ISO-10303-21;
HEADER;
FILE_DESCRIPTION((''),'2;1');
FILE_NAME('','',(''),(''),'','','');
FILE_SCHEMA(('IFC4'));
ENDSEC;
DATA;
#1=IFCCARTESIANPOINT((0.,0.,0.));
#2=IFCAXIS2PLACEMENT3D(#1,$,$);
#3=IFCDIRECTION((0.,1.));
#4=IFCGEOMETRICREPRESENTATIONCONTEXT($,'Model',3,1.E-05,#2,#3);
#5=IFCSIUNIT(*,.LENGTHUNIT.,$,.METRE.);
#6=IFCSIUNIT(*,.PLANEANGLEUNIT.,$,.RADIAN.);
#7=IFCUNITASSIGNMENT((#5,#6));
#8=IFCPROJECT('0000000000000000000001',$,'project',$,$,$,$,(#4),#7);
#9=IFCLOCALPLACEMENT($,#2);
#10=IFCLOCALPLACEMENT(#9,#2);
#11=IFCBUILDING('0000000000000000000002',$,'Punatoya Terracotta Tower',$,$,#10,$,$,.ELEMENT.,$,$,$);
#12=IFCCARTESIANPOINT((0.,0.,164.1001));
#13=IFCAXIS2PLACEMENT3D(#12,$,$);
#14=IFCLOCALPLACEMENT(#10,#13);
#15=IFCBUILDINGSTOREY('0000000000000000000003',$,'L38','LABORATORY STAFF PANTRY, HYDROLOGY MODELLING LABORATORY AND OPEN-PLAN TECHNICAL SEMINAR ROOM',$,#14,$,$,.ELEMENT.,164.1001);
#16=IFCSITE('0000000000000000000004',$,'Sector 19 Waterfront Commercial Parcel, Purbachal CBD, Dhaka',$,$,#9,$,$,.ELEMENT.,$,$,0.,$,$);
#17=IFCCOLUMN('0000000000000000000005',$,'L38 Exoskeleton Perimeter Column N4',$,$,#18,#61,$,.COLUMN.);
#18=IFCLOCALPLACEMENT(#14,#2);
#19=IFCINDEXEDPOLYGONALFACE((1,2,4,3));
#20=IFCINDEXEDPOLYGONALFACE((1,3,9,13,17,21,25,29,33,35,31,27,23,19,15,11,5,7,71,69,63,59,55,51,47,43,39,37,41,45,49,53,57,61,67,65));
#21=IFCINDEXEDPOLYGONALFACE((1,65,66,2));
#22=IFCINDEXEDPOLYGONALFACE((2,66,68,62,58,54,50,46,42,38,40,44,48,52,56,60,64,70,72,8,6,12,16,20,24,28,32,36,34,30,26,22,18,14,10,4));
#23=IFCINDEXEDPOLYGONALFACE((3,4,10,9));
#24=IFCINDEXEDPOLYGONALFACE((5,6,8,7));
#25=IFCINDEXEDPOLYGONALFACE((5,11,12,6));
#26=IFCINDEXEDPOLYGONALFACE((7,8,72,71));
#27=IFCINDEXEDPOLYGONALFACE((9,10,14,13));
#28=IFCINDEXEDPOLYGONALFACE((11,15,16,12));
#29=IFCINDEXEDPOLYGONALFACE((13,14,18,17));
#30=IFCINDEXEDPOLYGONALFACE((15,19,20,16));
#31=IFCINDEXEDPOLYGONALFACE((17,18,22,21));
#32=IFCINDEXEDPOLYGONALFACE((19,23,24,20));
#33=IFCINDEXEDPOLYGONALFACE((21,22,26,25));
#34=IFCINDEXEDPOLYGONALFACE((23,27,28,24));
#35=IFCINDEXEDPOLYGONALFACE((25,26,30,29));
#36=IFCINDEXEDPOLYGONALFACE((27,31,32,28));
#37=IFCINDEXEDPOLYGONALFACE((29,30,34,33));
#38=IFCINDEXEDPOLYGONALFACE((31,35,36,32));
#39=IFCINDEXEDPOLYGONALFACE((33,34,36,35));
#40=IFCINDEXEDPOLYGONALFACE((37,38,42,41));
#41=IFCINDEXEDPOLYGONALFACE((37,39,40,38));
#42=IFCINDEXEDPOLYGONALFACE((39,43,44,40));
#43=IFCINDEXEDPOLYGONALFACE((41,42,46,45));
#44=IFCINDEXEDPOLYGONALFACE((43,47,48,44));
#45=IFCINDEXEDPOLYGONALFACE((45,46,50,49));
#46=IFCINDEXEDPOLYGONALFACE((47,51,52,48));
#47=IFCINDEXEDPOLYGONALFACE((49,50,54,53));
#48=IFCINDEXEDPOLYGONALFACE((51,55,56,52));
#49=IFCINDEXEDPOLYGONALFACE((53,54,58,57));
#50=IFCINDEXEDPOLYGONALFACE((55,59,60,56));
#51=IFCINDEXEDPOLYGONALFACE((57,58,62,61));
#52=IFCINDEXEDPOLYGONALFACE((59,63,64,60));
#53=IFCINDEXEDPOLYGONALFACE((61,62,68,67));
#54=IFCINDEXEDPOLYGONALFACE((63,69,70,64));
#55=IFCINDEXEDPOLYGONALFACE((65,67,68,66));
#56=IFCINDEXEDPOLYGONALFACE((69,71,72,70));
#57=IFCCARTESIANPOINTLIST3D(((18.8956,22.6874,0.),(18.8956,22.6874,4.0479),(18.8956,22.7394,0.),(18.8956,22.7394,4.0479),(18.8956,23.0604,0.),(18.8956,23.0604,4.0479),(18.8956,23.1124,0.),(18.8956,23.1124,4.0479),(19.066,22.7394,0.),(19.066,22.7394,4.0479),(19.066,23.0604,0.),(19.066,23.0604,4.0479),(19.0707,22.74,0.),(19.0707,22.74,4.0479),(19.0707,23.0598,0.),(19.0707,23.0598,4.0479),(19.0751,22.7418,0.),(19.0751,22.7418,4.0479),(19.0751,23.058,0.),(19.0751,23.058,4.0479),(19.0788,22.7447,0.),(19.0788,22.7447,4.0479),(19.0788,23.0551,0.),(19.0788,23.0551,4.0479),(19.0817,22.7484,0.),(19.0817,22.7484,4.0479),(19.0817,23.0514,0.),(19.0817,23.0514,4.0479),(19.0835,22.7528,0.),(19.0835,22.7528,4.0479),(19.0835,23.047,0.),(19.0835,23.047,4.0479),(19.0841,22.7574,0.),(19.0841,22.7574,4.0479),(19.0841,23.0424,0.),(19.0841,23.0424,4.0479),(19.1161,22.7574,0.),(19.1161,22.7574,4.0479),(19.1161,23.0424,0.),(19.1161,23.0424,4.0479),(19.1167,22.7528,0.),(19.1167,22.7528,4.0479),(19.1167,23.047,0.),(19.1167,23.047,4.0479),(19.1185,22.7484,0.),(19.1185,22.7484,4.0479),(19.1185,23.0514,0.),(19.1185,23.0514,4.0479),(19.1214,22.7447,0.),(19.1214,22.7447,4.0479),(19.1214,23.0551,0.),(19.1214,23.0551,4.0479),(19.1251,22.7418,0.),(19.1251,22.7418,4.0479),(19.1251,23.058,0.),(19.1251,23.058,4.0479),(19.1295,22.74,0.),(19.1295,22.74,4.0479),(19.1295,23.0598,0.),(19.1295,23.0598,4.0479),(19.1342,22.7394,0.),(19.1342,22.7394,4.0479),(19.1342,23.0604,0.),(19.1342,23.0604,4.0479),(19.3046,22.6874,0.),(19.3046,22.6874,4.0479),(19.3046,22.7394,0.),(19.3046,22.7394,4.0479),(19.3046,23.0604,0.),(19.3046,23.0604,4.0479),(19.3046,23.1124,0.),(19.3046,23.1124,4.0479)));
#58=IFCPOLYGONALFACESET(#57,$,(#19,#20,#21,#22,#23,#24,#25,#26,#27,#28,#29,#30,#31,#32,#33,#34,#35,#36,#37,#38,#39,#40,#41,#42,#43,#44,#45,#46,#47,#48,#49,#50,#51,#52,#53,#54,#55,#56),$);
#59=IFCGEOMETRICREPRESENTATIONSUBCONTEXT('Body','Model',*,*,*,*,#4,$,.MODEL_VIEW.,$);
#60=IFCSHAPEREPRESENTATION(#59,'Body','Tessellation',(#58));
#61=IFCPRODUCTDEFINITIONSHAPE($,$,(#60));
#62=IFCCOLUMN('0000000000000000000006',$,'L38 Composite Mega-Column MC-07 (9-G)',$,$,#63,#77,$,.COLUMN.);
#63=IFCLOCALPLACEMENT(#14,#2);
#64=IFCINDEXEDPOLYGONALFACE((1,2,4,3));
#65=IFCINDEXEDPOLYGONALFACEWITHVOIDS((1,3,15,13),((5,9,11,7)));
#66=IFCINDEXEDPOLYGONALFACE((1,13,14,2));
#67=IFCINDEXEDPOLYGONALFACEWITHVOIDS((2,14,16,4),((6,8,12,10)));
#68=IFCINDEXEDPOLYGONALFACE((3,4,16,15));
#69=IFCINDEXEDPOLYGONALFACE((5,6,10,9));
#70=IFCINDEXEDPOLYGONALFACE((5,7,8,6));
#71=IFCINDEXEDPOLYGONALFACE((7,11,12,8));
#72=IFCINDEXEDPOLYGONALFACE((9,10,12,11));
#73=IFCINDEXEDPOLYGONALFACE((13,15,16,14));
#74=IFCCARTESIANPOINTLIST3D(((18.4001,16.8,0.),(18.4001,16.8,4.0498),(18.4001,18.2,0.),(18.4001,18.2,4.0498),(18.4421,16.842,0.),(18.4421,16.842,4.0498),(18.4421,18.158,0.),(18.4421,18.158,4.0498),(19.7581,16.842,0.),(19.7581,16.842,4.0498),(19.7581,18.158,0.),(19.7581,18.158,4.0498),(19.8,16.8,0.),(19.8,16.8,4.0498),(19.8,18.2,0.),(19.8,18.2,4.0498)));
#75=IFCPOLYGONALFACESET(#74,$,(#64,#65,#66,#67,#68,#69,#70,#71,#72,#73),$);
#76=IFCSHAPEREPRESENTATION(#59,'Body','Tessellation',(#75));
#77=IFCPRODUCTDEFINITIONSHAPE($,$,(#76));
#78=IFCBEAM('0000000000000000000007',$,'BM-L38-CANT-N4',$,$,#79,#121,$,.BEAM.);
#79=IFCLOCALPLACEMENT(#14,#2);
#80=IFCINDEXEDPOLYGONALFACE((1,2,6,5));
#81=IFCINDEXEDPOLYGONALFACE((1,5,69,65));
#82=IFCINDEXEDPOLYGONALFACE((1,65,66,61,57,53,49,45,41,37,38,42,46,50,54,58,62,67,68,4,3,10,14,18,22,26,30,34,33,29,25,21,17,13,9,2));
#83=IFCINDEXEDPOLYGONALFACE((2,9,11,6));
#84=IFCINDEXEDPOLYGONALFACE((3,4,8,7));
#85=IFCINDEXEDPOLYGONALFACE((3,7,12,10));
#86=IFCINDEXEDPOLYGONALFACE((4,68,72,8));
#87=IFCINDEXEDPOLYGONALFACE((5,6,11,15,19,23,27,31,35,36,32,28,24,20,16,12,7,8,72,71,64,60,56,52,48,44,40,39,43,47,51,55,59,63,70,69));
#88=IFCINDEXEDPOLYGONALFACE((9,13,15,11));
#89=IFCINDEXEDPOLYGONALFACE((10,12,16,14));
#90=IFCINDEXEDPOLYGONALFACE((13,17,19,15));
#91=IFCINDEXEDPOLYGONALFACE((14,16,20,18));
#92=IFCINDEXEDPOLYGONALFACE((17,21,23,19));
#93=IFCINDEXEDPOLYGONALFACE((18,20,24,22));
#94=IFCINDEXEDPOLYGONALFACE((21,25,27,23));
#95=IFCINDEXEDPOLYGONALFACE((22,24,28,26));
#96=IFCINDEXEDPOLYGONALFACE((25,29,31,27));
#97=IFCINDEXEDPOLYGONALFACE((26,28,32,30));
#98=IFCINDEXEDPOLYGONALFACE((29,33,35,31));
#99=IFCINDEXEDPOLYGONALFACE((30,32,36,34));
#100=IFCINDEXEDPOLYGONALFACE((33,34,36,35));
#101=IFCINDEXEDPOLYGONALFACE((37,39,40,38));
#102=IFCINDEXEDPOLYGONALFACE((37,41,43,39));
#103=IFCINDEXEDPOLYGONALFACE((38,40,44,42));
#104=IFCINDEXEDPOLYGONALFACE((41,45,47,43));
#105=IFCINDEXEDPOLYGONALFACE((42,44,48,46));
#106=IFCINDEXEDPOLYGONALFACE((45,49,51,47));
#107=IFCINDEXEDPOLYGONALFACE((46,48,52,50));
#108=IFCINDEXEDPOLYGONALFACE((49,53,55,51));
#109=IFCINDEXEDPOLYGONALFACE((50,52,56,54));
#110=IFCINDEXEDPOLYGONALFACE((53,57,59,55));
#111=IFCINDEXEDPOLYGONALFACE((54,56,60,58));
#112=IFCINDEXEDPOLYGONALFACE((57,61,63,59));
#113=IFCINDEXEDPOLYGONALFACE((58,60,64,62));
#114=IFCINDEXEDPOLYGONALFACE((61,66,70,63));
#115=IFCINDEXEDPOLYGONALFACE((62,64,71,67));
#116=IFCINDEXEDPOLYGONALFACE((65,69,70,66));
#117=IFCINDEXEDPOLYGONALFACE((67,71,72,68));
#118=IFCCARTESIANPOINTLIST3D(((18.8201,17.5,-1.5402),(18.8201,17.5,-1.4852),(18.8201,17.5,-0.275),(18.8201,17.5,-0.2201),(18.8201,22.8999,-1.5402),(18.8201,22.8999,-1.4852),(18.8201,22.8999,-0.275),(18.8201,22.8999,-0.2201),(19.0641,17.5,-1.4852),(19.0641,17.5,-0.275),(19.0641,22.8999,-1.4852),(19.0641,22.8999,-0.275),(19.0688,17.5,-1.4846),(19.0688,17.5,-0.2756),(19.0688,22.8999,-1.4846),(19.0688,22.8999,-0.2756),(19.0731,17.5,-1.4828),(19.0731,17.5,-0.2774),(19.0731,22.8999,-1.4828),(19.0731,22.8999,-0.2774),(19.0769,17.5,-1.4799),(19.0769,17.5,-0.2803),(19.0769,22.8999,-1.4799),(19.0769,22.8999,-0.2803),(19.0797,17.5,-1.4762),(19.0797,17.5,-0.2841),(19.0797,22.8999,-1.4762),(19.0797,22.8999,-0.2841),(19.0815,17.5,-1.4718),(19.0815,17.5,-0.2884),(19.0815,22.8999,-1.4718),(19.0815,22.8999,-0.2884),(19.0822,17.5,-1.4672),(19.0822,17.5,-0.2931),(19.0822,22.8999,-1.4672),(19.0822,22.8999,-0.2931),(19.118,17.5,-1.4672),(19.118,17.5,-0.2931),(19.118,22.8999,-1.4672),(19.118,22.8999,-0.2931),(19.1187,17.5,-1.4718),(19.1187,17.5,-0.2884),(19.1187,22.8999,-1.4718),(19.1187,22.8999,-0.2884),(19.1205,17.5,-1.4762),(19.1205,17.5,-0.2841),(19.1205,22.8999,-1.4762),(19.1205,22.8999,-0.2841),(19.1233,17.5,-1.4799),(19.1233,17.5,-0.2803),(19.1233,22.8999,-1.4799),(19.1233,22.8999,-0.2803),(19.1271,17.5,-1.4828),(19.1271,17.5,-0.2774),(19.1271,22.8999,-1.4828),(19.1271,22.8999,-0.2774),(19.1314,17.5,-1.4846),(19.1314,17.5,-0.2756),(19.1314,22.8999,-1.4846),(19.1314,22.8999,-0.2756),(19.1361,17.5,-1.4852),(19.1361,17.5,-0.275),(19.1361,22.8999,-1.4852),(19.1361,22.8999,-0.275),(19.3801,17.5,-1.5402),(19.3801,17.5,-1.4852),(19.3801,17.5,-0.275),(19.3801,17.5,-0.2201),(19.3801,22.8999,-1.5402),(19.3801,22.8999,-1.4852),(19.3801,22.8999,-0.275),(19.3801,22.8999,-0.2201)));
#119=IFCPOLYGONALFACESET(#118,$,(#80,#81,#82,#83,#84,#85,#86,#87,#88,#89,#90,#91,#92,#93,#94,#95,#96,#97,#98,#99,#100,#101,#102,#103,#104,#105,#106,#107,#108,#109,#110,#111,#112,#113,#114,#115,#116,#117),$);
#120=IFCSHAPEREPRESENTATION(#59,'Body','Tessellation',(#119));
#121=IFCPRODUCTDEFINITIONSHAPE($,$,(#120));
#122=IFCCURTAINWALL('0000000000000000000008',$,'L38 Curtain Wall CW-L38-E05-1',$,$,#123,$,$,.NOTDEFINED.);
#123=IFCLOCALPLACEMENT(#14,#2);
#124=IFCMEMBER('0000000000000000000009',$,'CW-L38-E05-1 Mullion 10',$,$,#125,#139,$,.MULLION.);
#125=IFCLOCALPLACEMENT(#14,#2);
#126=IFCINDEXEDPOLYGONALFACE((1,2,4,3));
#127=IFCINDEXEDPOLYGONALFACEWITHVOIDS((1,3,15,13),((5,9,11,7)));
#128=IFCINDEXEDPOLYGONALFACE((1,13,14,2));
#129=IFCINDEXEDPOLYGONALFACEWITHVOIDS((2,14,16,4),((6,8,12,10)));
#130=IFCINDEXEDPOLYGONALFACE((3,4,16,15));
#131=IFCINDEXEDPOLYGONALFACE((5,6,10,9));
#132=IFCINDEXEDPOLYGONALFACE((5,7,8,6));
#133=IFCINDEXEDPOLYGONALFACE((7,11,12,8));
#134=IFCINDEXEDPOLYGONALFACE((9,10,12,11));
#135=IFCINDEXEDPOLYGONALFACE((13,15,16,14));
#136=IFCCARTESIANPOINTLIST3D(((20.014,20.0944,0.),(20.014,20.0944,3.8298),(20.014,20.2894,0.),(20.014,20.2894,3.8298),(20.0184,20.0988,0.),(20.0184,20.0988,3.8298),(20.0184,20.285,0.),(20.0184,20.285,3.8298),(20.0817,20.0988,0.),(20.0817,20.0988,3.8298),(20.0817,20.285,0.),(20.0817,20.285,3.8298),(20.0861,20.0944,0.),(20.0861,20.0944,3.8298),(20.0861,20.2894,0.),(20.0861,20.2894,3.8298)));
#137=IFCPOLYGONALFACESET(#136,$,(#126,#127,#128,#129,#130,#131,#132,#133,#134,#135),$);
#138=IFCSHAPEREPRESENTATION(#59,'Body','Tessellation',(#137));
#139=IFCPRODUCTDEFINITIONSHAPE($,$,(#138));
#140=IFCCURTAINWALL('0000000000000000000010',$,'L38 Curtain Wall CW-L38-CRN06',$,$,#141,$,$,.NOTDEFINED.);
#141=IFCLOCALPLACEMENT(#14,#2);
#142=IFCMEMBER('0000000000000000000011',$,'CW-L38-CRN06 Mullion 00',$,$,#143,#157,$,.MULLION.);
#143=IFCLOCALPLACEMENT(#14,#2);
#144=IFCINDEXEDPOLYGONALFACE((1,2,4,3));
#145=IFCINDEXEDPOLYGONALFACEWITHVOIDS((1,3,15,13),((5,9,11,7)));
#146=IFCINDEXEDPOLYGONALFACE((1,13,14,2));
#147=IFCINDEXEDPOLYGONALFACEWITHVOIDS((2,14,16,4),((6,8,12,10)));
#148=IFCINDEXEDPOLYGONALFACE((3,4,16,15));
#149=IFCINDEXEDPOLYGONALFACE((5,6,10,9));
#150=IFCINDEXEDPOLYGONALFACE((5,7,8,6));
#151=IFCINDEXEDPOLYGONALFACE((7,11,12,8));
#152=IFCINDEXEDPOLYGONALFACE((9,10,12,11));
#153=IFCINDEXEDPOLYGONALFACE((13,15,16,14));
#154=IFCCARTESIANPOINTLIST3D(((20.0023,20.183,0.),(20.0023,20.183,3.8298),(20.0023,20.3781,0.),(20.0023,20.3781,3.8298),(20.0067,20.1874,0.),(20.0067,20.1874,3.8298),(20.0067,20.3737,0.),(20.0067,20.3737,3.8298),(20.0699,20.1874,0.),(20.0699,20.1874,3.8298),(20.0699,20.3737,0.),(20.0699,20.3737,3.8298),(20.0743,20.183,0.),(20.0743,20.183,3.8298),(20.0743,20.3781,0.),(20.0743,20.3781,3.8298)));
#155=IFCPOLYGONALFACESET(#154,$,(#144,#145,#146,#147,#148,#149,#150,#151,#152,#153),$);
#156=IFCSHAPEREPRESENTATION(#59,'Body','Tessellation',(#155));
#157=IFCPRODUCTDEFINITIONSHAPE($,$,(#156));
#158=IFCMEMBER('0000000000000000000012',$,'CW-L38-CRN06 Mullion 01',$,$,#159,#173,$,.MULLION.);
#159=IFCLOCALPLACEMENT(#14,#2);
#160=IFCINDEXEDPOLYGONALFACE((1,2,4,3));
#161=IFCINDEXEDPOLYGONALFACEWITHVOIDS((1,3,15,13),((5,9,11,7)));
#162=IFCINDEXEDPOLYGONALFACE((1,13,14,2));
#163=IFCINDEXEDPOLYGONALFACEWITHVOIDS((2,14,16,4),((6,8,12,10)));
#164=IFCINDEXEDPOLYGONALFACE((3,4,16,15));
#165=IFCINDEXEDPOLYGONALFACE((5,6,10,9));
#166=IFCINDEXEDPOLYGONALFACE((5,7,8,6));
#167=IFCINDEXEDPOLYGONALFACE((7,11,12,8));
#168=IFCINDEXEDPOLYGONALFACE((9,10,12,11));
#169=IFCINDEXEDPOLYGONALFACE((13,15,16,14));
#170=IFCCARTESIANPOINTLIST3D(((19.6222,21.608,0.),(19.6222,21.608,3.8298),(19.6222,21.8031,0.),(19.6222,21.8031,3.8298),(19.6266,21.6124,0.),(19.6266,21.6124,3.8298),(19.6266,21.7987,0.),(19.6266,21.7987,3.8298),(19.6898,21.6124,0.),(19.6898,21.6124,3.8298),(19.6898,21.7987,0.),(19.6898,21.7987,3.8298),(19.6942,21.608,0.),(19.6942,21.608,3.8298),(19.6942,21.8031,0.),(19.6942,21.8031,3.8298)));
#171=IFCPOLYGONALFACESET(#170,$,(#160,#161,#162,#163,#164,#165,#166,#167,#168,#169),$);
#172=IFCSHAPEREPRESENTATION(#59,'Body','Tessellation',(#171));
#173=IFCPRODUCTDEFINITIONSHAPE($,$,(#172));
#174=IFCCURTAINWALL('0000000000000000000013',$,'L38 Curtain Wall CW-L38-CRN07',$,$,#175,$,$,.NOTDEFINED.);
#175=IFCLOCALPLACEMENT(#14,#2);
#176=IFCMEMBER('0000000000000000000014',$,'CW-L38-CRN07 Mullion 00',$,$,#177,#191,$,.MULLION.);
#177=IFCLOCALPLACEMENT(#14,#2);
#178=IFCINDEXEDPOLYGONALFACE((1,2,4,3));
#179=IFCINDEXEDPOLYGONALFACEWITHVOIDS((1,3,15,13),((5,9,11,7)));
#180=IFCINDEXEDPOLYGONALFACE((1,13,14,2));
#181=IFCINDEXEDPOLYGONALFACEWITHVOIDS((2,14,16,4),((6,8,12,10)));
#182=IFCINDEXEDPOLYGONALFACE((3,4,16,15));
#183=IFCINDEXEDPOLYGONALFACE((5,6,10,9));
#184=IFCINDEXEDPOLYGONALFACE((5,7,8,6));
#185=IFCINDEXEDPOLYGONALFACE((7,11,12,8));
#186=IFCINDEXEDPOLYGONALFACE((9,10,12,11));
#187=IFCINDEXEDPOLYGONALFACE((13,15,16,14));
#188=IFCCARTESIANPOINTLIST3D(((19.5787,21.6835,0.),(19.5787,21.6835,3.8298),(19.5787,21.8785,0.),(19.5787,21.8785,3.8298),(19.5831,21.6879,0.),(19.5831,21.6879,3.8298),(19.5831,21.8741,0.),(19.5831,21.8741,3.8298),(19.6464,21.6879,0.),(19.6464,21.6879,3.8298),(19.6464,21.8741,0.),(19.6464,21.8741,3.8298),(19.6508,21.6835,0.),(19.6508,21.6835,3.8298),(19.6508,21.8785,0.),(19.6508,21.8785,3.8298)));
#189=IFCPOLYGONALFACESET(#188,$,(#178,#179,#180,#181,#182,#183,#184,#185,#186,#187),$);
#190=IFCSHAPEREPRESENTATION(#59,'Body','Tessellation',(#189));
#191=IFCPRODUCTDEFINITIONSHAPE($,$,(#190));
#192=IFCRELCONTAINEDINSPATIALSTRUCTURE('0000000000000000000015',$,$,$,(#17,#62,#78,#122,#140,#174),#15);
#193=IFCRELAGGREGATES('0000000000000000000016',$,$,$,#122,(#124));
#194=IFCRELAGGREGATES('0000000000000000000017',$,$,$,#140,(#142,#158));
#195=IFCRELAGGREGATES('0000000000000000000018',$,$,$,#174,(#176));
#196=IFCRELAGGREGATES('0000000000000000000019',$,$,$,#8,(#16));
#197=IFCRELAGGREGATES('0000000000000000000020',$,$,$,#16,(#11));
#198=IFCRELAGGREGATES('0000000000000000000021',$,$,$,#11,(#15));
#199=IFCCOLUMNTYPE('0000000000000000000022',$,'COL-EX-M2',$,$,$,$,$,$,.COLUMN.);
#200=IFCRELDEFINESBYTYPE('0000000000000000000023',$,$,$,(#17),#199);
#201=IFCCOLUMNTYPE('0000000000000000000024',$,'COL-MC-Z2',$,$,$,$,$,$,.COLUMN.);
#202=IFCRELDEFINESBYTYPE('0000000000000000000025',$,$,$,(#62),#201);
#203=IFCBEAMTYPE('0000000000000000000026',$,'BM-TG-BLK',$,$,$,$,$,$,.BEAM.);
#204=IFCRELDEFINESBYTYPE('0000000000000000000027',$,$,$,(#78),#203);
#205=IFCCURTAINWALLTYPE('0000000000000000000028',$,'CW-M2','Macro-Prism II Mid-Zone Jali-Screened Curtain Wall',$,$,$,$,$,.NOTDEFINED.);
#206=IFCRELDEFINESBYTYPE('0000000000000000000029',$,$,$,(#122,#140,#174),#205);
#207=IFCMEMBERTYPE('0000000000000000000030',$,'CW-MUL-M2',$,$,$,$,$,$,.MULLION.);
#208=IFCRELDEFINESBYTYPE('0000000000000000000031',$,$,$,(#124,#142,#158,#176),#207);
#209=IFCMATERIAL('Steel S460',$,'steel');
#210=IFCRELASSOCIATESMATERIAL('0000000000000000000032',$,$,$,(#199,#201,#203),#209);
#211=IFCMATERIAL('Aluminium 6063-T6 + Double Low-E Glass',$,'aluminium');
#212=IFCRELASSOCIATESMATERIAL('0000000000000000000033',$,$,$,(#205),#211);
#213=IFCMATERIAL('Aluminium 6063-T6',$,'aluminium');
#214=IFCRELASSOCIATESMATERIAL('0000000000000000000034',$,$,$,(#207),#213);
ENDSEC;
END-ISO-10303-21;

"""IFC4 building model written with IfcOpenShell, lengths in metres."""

from ifc_helpers import new_model, si_unit, direction, frame, origin, origin_2d, place, context, subcontext, project, spatial, hollow_rectangle, i_section, extrude, material, material_profile, profile_set, type_object, element, aggregate, save


model = new_model("IFC4")

# Units and contexts
model_context = context("Model", 3, precision=1e-05, world=origin(), true_north=direction((0.0, 1.0)))
body_context = subcontext(model_context, "Body", "Model", "MODEL_VIEW")
ifc_project = project(units=[si_unit("LENGTHUNIT", "METRE"), si_unit("PLANEANGLEUNIT", "RADIAN")], contexts=[model_context])

# Site, building, storey
site_placement = place(None, origin())
site = spatial("IfcSite", under=ifc_project, at=site_placement, Name="Sector 19 Waterfront Commercial Parcel, Purbachal CBD, Dhaka", CompositionType="ELEMENT", RefElevation=0.0)
building_placement = place(site_placement, origin())
building = spatial("IfcBuilding", under=site, at=building_placement, Name="Punatoya Terracotta Tower", CompositionType="ELEMENT")
storey_placement = place(building_placement, frame((0.0, 0.0, 164.1001)))
storey = spatial("IfcBuildingStorey", under=building, at=storey_placement, Name="L38", Description="LABORATORY STAFF PANTRY, HYDROLOGY MODELLING LABORATORY AND OPEN-PLAN TECHNICAL SEMINAR ROOM", CompositionType="ELEMENT", Elevation=164.1001)

# Columns
ifc_material_1 = material(Name="Steel S460", Category="steel")
ifc_material_profile_1 = material_profile(ifc_material_1, i_section(OverallWidth=0.4089, OverallDepth=0.425, WebThickness=0.032, FlangeThickness=0.052, FilletRadius=0.0181, at=origin_2d()))
ifc_profile_set_1 = profile_set([ifc_material_profile_1], Name="Steel S460")
column_type_1 = type_object("IfcColumnType", Name="COL-EX-M2", PredefinedType="COLUMN", material=ifc_profile_set_1)
column_1_placement = place(storey_placement, frame((19.1001, 22.8999, 0.0), z_axis=(0.0, 0.0, 1.0), x_axis=(1.0, 0.0, 0.0)))
element("IfcColumn", 1, at=column_1_placement, inside=storey, type_object=column_type_1, Name="L38 Exoskeleton Perimeter Column N4", PredefinedType="COLUMN", context=body_context, shape_type="SweptSolid", body=[
    extrude(i_section(OverallWidth=0.4089, OverallDepth=0.425, WebThickness=0.032, FlangeThickness=0.052, FilletRadius=0.0181, at=origin_2d()), origin(), (0.0, 0.0, 1.0), 4.0479),
])
ifc_material_profile_2 = material_profile(ifc_material_1, hollow_rectangle(XDim=1.3999, YDim=1.3999, WallThickness=0.042, at=origin_2d()))
ifc_profile_set_2 = profile_set([ifc_material_profile_2], Name="Steel S460")
column_type_2 = type_object("IfcColumnType", Name="COL-MC-Z2", PredefinedType="COLUMN", material=ifc_profile_set_2)
column_2_placement = place(storey_placement, frame((19.1001, 17.5, 0.0), z_axis=(0.0, 0.0, 1.0), x_axis=(1.0, 0.0, 0.0)))
element("IfcColumn", 2, at=column_2_placement, inside=storey, type_object=column_type_2, Name="L38 Composite Mega-Column MC-07 (9-G)", PredefinedType="COLUMN", context=body_context, shape_type="SweptSolid", body=[
    extrude(hollow_rectangle(XDim=1.3999, YDim=1.3999, WallThickness=0.042, at=origin_2d()), origin(), (0.0, 0.0, 1.0), 4.0498),
])

# Beam
ifc_material_profile_3 = material_profile(ifc_material_1, i_section(OverallWidth=0.5601, OverallDepth=1.3201, WebThickness=0.0359, FlangeThickness=0.0549, FilletRadius=0.0181, at=origin_2d()))
ifc_profile_set_3 = profile_set([ifc_material_profile_3], Name="Steel S460")
beam_type = type_object("IfcBeamType", Name="BM-TG-BLK", PredefinedType="BEAM", material=ifc_profile_set_3)
beam_placement = place(storey_placement, frame((19.1001, 17.5, -0.8801), z_axis=(0.0, 1.0, 0.0), x_axis=(-1.0, 0.0, 0.0)))
element("IfcBeam", 3, at=beam_placement, inside=storey, type_object=beam_type, Name="BM-L38-CANT-N4", PredefinedType="BEAM", context=body_context, shape_type="SweptSolid", body=[
    extrude(i_section(OverallWidth=0.5601, OverallDepth=1.3201, WebThickness=0.0359, FlangeThickness=0.0549, FilletRadius=0.0181, at=origin_2d()), origin(), (0.0, 0.0, 1.0), 5.3999),
])

# Curtain wall, member
ifc_material_2 = material(Name="Aluminium 6063-T6 + Double Low-E Glass", Category="aluminium")
curtain_wall_type = type_object("IfcCurtainWallType", Name="CW-M2", Description="Macro-Prism II Mid-Zone Jali-Screened Curtain Wall", PredefinedType="NOTDEFINED", material=ifc_material_2)
curtain_wall_1_placement = place(storey_placement, origin())
curtain_wall_1 = element("IfcCurtainWall", 4, at=curtain_wall_1_placement, inside=storey, type_object=curtain_wall_type, Name="L38 Curtain Wall CW-L38-E05-1", PredefinedType="NOTDEFINED")
ifc_material_3 = material(Name="Aluminium 6063-T6", Category="aluminium")
ifc_material_profile_4 = material_profile(ifc_material_3, hollow_rectangle(XDim=0.072, YDim=0.1951, WallThickness=0.0044, at=origin_2d()))
ifc_profile_set_4 = profile_set([ifc_material_profile_4], Name="Aluminium 6063-T6")
member_type_1 = type_object("IfcMemberType", Name="CW-MUL-M2", PredefinedType="MULLION", material=ifc_profile_set_4)
member_1_placement = place(storey_placement, frame((20.05, 20.1919, 0.0), z_axis=(0.0, 0.0, 1.0), x_axis=(1.0, 0.0, 0.0)))
member_1 = element("IfcMember", 5, at=member_1_placement, type_object=member_type_1, Name="CW-L38-E05-1 Mullion 10", PredefinedType="MULLION", context=body_context, shape_type="SweptSolid", body=[
    extrude(hollow_rectangle(XDim=0.072, YDim=0.1951, WallThickness=0.0044, at=origin_2d()), origin(), (0.0, 0.0, 1.0), 3.8298),
])

# Curtain walls, members
curtain_wall_2_placement = place(storey_placement, origin())
curtain_wall_2 = element("IfcCurtainWall", 6, at=curtain_wall_2_placement, inside=storey, type_object=curtain_wall_type, Name="L38 Curtain Wall CW-L38-CRN06", PredefinedType="NOTDEFINED")
member_2_placement = place(storey_placement, frame((20.0383, 20.2805, 0.0), z_axis=(0.0, 0.0, 1.0), x_axis=(1.0, 0.0, 0.0)))
member_2 = element("IfcMember", 7, at=member_2_placement, type_object=member_type_1, Name="CW-L38-CRN06 Mullion 00", PredefinedType="MULLION", context=body_context, shape_type="SweptSolid", body=[
    extrude(hollow_rectangle(XDim=0.072, YDim=0.1951, WallThickness=0.0044, at=origin_2d()), origin(), (0.0, 0.0, 1.0), 3.8298),
])
member_3_placement = place(storey_placement, frame((19.6582, 21.7056, 0.0), z_axis=(0.0, 0.0, 1.0), x_axis=(1.0, 0.0, 0.0)))
member_3 = element("IfcMember", 8, at=member_3_placement, type_object=member_type_1, Name="CW-L38-CRN06 Mullion 01", PredefinedType="MULLION", context=body_context, shape_type="SweptSolid", body=[
    extrude(hollow_rectangle(XDim=0.072, YDim=0.1951, WallThickness=0.0044, at=origin_2d()), origin(), (0.0, 0.0, 1.0), 3.8298),
])
curtain_wall_3_placement = place(storey_placement, origin())
curtain_wall_3 = element("IfcCurtainWall", 9, at=curtain_wall_3_placement, inside=storey, type_object=curtain_wall_type, Name="L38 Curtain Wall CW-L38-CRN07", PredefinedType="NOTDEFINED")
member_4_placement = place(storey_placement, frame((19.6147, 21.781, 0.0), z_axis=(0.0, 0.0, 1.0), x_axis=(1.0, 0.0, 0.0)))
member_4 = element("IfcMember", 10, at=member_4_placement, type_object=member_type_1, Name="CW-L38-CRN07 Mullion 00", PredefinedType="MULLION", context=body_context, shape_type="SweptSolid", body=[
    extrude(hollow_rectangle(XDim=0.072, YDim=0.1951, WallThickness=0.0044, at=origin_2d()), origin(), (0.0, 0.0, 1.0), 3.8298),
])

aggregate(curtain_wall_1, [member_1])
aggregate(curtain_wall_2, [member_2, member_3])
aggregate(curtain_wall_3, [member_4])

save(model, "model.ifc")
